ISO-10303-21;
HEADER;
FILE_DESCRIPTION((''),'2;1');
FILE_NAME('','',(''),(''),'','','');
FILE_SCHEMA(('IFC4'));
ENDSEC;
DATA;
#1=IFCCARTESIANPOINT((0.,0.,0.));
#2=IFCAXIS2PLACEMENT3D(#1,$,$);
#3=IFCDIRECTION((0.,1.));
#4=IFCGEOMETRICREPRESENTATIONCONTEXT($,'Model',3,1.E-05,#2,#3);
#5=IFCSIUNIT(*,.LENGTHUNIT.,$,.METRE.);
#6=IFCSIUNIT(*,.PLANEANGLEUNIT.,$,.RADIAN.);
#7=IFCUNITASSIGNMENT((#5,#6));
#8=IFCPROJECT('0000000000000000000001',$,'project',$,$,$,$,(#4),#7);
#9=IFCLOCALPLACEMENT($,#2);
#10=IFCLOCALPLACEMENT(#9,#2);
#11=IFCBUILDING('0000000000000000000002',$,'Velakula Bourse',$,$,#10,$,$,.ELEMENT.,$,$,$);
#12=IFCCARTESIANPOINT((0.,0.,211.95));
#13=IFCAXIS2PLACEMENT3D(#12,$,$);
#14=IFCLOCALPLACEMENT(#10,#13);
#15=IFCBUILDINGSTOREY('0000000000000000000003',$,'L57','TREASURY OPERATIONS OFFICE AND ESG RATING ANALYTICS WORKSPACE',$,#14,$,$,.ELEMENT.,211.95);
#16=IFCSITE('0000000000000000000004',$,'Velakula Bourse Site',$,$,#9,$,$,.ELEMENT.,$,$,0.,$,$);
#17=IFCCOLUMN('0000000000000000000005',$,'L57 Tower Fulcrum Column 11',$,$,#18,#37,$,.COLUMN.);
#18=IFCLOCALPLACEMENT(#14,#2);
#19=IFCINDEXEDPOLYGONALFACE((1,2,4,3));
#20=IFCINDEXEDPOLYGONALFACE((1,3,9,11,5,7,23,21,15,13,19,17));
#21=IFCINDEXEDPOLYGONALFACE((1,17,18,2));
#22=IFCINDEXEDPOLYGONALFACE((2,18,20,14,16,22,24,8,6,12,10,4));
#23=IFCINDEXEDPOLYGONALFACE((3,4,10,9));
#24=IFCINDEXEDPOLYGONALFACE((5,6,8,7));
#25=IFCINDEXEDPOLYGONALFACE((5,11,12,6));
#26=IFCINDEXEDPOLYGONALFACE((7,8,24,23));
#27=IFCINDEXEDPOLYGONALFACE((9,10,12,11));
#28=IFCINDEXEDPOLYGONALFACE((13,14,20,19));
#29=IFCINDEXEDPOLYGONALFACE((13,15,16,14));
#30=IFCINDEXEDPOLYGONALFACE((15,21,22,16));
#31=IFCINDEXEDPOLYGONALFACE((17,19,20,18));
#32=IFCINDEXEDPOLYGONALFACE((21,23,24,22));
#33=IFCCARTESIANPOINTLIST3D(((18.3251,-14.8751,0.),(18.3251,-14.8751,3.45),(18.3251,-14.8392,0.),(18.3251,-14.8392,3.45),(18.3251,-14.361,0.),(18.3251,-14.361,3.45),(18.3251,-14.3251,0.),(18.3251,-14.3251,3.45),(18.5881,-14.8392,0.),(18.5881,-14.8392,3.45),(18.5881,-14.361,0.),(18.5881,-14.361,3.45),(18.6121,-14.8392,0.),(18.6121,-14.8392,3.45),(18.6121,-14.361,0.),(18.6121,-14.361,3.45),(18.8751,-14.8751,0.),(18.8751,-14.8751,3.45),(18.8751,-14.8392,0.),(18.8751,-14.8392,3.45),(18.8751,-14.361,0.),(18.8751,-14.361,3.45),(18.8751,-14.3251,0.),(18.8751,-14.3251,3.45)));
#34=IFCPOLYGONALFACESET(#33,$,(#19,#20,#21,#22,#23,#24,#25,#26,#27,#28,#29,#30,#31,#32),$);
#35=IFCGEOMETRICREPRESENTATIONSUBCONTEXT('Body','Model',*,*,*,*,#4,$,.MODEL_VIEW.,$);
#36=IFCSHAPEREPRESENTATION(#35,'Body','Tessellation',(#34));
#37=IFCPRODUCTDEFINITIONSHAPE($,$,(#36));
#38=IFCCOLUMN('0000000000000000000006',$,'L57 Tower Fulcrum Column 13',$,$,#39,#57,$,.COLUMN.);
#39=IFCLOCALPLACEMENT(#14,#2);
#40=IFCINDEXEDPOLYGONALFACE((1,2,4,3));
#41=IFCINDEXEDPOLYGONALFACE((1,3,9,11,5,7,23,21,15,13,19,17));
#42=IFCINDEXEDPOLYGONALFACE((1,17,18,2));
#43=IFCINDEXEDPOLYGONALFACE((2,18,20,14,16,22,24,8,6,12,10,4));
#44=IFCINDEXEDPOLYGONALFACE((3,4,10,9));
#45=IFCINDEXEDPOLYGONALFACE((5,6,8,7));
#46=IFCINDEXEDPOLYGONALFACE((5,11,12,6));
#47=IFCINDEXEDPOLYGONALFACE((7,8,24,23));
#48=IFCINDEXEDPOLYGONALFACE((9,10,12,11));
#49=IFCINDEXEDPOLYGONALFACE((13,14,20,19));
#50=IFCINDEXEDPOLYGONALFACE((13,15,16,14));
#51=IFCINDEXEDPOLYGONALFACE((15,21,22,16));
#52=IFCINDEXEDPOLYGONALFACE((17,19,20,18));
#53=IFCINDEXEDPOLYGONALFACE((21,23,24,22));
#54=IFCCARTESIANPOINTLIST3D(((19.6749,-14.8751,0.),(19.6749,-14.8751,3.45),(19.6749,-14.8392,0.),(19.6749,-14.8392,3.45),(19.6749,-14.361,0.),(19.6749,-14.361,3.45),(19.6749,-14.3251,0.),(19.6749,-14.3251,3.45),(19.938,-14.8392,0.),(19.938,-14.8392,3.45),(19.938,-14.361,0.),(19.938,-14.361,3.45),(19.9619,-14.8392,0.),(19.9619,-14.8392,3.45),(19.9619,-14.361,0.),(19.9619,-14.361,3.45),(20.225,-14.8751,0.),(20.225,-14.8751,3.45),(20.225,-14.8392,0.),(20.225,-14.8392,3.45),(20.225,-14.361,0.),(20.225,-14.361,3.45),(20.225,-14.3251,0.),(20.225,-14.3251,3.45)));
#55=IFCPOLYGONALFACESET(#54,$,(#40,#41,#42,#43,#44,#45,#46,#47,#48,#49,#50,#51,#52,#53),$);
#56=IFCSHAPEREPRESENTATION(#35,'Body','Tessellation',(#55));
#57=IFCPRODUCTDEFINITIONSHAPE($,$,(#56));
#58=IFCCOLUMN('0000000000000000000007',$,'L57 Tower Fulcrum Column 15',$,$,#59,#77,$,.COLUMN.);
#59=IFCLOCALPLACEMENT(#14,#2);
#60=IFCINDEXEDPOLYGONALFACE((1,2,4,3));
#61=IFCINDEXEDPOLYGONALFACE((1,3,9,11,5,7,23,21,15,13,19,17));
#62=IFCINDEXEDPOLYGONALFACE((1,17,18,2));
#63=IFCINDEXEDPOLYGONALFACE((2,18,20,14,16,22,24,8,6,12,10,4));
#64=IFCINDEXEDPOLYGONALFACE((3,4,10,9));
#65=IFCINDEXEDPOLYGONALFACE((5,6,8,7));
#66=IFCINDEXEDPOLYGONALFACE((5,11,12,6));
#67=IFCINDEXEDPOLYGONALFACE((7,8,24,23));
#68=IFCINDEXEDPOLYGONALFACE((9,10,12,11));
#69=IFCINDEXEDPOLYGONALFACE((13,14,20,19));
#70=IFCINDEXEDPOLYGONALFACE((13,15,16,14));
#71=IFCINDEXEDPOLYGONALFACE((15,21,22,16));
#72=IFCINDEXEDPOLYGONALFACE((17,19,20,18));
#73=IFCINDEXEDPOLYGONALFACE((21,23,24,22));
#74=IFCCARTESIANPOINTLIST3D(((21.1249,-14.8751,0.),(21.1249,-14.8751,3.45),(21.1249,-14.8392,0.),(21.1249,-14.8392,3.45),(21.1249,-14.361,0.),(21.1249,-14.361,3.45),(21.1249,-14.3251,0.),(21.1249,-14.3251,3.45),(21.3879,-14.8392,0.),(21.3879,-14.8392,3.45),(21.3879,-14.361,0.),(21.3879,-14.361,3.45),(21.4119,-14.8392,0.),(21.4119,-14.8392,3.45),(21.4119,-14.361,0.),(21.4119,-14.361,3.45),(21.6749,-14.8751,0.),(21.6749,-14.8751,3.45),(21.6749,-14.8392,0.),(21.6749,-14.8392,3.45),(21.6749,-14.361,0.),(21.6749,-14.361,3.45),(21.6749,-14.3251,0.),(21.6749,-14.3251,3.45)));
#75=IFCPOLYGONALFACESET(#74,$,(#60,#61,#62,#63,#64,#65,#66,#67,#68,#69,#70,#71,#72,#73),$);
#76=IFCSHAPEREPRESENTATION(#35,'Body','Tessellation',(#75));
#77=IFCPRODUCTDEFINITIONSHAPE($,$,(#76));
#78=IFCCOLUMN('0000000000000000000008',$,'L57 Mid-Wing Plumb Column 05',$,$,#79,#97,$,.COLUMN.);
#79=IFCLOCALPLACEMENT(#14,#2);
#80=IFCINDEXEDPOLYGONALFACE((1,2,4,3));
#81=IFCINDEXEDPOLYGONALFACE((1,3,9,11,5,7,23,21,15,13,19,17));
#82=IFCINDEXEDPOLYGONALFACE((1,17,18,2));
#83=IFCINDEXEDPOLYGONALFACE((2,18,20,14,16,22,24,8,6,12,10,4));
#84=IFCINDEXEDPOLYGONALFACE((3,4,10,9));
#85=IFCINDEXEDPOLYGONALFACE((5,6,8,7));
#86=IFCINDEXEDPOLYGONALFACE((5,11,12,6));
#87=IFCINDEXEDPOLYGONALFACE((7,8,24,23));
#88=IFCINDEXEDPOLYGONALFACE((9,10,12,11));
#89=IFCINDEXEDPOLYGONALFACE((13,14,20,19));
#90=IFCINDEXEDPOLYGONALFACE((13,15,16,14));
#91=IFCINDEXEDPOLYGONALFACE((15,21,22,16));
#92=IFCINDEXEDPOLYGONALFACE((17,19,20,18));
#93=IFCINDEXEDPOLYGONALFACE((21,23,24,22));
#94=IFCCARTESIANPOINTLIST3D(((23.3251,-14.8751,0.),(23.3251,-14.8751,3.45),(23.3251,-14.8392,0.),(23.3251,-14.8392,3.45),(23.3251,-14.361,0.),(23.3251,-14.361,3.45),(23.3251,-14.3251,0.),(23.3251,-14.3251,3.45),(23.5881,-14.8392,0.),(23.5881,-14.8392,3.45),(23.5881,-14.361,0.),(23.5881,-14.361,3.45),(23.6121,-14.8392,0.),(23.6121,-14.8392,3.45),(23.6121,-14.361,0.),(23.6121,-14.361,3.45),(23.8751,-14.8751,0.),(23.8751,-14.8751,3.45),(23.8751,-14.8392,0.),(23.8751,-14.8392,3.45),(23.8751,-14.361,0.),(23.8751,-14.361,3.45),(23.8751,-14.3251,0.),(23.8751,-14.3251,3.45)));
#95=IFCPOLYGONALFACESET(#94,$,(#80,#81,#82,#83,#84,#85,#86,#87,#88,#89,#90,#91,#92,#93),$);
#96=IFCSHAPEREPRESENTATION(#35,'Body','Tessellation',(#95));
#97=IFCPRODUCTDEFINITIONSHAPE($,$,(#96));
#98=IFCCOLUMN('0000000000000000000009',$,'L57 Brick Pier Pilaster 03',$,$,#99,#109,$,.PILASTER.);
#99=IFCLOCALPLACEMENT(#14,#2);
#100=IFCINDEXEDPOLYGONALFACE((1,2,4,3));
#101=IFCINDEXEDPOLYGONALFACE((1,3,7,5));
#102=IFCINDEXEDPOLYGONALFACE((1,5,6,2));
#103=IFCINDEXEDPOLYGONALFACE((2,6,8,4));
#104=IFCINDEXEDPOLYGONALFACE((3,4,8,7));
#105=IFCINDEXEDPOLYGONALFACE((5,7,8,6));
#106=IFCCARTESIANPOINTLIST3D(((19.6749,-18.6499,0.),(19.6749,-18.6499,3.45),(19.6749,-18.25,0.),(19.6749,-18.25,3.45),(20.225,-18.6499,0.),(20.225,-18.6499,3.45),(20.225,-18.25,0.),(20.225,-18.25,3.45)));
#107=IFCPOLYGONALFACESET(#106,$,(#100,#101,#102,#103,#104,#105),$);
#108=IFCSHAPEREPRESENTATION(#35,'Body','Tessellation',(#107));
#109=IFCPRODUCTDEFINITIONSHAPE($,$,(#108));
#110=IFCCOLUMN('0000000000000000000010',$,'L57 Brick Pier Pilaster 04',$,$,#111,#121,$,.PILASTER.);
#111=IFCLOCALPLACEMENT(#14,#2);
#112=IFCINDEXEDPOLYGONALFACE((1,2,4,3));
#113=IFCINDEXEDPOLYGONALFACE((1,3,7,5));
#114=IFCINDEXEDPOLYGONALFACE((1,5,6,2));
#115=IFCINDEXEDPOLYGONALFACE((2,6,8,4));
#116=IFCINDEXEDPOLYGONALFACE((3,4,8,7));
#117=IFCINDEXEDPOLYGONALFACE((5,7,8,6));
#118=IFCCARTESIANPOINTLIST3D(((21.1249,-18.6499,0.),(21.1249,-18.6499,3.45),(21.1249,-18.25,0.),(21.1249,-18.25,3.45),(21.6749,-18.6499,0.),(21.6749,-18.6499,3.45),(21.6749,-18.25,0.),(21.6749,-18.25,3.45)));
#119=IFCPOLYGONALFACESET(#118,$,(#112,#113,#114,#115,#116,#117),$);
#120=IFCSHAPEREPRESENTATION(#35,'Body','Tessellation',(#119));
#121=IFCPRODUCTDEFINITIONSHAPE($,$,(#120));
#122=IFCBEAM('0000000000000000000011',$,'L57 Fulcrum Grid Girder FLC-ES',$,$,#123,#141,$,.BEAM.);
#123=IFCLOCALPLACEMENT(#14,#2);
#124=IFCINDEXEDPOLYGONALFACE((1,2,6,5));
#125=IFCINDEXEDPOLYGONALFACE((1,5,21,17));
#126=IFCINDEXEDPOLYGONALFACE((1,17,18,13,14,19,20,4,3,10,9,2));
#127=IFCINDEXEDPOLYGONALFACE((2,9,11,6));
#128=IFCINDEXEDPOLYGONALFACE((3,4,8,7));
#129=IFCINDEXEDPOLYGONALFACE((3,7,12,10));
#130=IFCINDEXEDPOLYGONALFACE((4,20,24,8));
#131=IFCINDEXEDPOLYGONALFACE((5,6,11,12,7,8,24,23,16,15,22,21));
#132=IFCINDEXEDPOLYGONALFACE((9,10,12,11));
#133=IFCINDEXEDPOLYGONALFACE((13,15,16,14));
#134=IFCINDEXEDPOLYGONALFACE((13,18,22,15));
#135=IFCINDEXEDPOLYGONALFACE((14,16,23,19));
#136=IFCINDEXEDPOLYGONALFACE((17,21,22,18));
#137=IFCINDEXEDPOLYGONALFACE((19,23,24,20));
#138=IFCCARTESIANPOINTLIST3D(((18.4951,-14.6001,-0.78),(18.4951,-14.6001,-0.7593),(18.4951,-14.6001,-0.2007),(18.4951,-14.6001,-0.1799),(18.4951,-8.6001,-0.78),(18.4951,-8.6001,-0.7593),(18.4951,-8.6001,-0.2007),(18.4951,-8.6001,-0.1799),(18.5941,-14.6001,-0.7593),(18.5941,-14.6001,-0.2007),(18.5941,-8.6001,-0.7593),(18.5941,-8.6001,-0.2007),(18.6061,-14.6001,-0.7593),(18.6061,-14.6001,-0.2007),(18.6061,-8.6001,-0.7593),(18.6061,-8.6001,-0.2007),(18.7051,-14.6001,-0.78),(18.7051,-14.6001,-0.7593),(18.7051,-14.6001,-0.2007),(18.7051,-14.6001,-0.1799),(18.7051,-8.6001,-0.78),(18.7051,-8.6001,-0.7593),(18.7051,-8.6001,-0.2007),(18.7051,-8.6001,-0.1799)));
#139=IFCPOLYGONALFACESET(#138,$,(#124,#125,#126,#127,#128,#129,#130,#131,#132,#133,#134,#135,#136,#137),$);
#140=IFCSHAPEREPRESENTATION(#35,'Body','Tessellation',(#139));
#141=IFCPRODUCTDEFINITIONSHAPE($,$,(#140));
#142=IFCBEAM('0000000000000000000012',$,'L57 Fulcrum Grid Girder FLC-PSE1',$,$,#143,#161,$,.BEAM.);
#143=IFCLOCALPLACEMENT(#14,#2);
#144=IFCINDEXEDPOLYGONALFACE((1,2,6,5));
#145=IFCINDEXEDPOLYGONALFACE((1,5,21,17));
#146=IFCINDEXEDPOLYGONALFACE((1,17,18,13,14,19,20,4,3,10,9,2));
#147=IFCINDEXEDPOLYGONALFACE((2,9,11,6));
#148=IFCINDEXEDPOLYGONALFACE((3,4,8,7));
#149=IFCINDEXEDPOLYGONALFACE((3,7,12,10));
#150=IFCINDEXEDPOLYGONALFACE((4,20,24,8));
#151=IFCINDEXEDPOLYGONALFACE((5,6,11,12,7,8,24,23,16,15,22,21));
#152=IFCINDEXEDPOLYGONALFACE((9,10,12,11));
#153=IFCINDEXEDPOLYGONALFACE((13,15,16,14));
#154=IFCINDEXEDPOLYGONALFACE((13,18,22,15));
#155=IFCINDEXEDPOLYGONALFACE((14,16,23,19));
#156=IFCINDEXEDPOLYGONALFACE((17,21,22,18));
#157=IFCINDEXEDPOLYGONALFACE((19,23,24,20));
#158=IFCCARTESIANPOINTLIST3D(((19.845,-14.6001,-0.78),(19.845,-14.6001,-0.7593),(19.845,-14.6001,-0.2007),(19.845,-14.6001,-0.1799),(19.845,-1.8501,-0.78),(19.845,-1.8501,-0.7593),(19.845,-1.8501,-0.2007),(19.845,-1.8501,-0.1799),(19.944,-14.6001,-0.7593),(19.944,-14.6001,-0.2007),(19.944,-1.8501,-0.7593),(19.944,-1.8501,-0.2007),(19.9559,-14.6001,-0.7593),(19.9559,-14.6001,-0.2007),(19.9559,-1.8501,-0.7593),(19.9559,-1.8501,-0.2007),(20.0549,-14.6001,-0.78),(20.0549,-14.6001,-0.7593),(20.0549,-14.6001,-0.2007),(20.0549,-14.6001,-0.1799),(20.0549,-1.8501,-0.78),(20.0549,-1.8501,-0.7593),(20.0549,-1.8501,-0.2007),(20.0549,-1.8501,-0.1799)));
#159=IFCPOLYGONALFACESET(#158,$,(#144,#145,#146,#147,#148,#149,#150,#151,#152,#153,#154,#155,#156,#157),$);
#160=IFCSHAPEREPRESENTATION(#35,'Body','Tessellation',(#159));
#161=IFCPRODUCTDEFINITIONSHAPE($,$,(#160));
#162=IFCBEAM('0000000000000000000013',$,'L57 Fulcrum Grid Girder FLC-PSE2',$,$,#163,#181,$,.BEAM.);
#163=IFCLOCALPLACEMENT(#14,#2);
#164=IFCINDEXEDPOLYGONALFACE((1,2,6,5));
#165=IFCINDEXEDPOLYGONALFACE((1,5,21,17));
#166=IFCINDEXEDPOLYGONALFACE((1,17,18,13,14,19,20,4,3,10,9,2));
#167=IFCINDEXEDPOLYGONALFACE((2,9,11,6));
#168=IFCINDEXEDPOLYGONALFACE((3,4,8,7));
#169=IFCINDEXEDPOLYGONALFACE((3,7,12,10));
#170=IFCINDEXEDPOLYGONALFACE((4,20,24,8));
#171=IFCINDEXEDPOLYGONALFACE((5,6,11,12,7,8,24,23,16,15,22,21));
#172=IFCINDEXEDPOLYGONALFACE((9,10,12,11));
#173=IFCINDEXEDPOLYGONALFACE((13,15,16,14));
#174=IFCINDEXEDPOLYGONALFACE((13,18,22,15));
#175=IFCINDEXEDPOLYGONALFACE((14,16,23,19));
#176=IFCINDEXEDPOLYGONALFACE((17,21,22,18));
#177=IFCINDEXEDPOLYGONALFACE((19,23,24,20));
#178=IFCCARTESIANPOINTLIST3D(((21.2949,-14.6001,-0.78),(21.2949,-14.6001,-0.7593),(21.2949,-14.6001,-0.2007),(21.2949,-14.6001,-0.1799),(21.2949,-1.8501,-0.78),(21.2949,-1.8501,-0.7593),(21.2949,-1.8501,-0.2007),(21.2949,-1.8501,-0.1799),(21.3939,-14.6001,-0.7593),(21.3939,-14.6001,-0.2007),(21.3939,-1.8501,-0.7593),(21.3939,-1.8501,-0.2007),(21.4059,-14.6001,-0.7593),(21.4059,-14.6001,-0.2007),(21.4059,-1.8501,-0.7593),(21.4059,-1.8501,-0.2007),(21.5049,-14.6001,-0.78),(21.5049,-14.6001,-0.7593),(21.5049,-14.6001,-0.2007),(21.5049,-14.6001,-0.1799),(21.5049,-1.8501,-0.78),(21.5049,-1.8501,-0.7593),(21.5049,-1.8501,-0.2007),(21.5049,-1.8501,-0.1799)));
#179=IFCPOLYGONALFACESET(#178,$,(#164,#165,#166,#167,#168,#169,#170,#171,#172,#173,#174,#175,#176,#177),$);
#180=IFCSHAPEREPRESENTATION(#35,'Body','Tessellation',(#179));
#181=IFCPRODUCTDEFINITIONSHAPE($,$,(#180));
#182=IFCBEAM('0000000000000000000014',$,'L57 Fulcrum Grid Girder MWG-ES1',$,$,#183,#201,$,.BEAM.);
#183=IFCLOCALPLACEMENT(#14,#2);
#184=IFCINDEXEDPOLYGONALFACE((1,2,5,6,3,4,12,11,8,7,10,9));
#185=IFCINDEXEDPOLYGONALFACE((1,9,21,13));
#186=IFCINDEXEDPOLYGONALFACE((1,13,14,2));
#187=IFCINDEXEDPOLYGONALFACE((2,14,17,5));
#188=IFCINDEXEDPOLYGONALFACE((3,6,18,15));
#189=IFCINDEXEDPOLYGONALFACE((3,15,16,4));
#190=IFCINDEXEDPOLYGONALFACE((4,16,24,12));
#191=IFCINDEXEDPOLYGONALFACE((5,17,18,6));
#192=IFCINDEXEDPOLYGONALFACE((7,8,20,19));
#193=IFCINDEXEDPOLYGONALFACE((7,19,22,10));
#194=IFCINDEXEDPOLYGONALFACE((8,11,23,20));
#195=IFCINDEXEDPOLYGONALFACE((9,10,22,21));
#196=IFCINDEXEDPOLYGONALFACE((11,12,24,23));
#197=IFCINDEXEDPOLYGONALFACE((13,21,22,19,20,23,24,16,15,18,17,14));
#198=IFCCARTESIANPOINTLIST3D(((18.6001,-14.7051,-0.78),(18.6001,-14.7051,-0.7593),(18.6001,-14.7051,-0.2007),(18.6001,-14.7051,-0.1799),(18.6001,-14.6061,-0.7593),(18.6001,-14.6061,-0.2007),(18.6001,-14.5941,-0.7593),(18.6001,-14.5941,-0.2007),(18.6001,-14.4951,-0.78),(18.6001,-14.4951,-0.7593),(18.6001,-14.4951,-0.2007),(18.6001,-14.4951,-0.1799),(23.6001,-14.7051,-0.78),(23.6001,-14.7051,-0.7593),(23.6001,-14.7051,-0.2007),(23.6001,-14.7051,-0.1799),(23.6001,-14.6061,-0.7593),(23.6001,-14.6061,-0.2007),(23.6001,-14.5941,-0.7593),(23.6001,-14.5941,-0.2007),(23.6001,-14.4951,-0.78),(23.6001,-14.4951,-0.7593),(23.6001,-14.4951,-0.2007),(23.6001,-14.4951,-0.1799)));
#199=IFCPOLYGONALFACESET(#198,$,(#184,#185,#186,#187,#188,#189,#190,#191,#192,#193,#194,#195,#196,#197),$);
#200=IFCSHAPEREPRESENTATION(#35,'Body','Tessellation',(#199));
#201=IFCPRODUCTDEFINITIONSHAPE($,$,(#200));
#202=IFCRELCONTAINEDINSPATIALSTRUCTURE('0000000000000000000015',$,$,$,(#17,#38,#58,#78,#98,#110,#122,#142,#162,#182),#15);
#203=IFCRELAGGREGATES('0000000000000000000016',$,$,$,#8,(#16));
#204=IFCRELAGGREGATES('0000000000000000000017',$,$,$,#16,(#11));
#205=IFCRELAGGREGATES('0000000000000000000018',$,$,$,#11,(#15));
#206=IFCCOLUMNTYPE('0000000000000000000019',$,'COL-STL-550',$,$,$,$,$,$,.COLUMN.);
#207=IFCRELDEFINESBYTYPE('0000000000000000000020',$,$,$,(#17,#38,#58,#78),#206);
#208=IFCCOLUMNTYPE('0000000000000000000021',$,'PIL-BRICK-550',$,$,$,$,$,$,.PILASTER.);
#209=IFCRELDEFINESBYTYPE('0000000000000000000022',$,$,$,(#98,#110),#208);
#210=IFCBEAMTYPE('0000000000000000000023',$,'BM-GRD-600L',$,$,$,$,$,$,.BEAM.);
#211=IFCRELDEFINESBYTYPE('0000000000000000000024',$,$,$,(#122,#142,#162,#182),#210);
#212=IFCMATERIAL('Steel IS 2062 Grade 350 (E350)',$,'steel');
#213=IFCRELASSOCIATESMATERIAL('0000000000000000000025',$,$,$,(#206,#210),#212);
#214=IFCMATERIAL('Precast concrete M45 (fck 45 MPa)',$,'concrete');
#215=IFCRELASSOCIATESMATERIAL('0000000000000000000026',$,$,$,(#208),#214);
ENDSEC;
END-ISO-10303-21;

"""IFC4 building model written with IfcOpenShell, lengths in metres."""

from ifc_helpers import new_model, si_unit, direction, frame, origin, origin_2d, place, context, subcontext, project, spatial, rectangle, i_section, extrude, material, material_profile, profile_set, type_object, element, save


model = new_model("IFC4")

# Units and contexts
model_context = context("Model", 3, precision=1e-05, world=origin(), true_north=direction((0.0, 1.0)))
body_context = subcontext(model_context, "Body", "Model", "MODEL_VIEW")
ifc_project = project(units=[si_unit("LENGTHUNIT", "METRE"), si_unit("PLANEANGLEUNIT", "RADIAN")], contexts=[model_context])

# Site, building, storey
site_placement = place(None, origin())
site = spatial("IfcSite", under=ifc_project, at=site_placement, Name="Velakula Bourse Site", CompositionType="ELEMENT", RefElevation=0.0)
building_placement = place(site_placement, origin())
building = spatial("IfcBuilding", under=site, at=building_placement, Name="Velakula Bourse", CompositionType="ELEMENT")
storey_placement = place(building_placement, frame((0.0, 0.0, 211.95)))
storey = spatial("IfcBuildingStorey", under=building, at=storey_placement, Name="L57", Description="TREASURY OPERATIONS OFFICE AND ESG RATING ANALYTICS WORKSPACE", CompositionType="ELEMENT", Elevation=211.95)

# Columns
ifc_material_1 = material(Name="Steel IS 2062 Grade 350 (E350)", Category="steel")
ifc_material_profile_1 = material_profile(ifc_material_1, i_section(OverallWidth=0.55, OverallDepth=0.55, WebThickness=0.0239, FlangeThickness=0.0359, at=origin_2d()), Name="Steel IS 2062 Grade 350 (E350)")
ifc_profile_set_1 = profile_set([ifc_material_profile_1], Name="Steel IS 2062 Grade 350 (E350)")
column_type_1 = type_object("IfcColumnType", Name="COL-STL-550", PredefinedType="COLUMN", material=ifc_profile_set_1)
for number, where, z_axis, x_axis, name in (
    (1, (18.6001, -14.6001, 0.0), (0.0, 0.0, 1.0), (1.0, 0.0, 0.0), "L57 Tower Fulcrum Column 11"),
    (2, (19.95, -14.6001, 0.0), (0.0, 0.0, 1.0), (1.0, 0.0, 0.0), "L57 Tower Fulcrum Column 13"),
    (3, (21.3999, -14.6001, 0.0), (0.0, 0.0, 1.0), (1.0, 0.0, 0.0), "L57 Tower Fulcrum Column 15"),
    (4, (23.6001, -14.6001, 0.0), (0.0, 0.0, 1.0), (1.0, 0.0, 0.0), "L57 Mid-Wing Plumb Column 05"),
):
    element("IfcColumn", number, at=place(storey_placement, frame(where, z_axis=z_axis, x_axis=x_axis)), inside=storey, type_object=column_type_1, Name=name, PredefinedType="COLUMN", context=body_context, shape_type="SweptSolid", body=[
        extrude(i_section(OverallWidth=0.55, OverallDepth=0.55, WebThickness=0.0239, FlangeThickness=0.0359, at=origin_2d()), origin(), (0.0, 0.0, 1.0), 3.45),
    ])
ifc_material_2 = material(Name="Precast concrete M45 (fck 45 MPa)", Category="concrete")
ifc_material_profile_2 = material_profile(ifc_material_2, rectangle(XDim=0.55, YDim=0.3999, at=origin_2d()), Name="Precast concrete M45 (fck 45 MPa)")
ifc_profile_set_2 = profile_set([ifc_material_profile_2], Name="Precast concrete M45 (fck 45 MPa)")
column_type_2 = type_object("IfcColumnType", Name="PIL-BRICK-550", PredefinedType="PILASTER", material=ifc_profile_set_2)
for number, where, z_axis, x_axis, name in (
    (5, (19.95, -18.45, 0.0), (0.0, 0.0, 1.0), (1.0, 0.0, 0.0), "L57 Brick Pier Pilaster 03"),
    (6, (21.3999, -18.45, 0.0), (0.0, 0.0, 1.0), (1.0, 0.0, 0.0), "L57 Brick Pier Pilaster 04"),
):
    element("IfcColumn", number, at=place(storey_placement, frame(where, z_axis=z_axis, x_axis=x_axis)), inside=storey, type_object=column_type_2, Name=name, PredefinedType="PILASTER", context=body_context, shape_type="SweptSolid", body=[
        extrude(rectangle(XDim=0.55, YDim=0.3999, at=origin_2d()), origin(), (0.0, 0.0, 1.0), 3.45),
    ])

# Beams
ifc_material_profile_3 = material_profile(ifc_material_1, i_section(OverallWidth=0.21, OverallDepth=0.6001, WebThickness=0.012, FlangeThickness=0.0208, at=origin_2d()), Name="Steel IS 2062 Grade 350 (E350)")
ifc_profile_set_3 = profile_set([ifc_material_profile_3], Name="Steel IS 2062 Grade 350 (E350)")
beam_type_1 = type_object("IfcBeamType", Name="BM-GRD-600L", PredefinedType="BEAM", material=ifc_profile_set_3)
beam_1_placement = place(storey_placement, frame((18.6001, -14.6001, -0.48), z_axis=(0.0, 1.0, 0.0), x_axis=(-1.0, 0.0, 0.0)))
element("IfcBeam", 7, at=beam_1_placement, inside=storey, type_object=beam_type_1, Name="L57 Fulcrum Grid Girder FLC-ES", PredefinedType="BEAM", context=body_context, shape_type="SweptSolid", body=[
    extrude(i_section(OverallWidth=0.21, OverallDepth=0.6001, WebThickness=0.012, FlangeThickness=0.0208, at=origin_2d()), origin(), (0.0, 0.0, 1.0), 6.0),
])
for number, where, z_axis, x_axis, name in (
    (8, (19.95, -14.6001, -0.48), (0.0, 1.0, 0.0), (-1.0, 0.0, 0.0), "L57 Fulcrum Grid Girder FLC-PSE1"),
    (9, (21.3999, -14.6001, -0.48), (0.0, 1.0, 0.0), (-1.0, 0.0, 0.0), "L57 Fulcrum Grid Girder FLC-PSE2"),
):
    element("IfcBeam", number, at=place(storey_placement, frame(where, z_axis=z_axis, x_axis=x_axis)), inside=storey, type_object=beam_type_1, Name=name, PredefinedType="BEAM", context=body_context, shape_type="SweptSolid", body=[
        extrude(i_section(OverallWidth=0.21, OverallDepth=0.6001, WebThickness=0.012, FlangeThickness=0.0208, at=origin_2d()), origin(), (0.0, 0.0, 1.0), 12.75),
    ])
beam_2_placement = place(storey_placement, frame((18.6001, -14.6001, -0.48), z_axis=(1.0, 0.0, 0.0), x_axis=(0.0, 1.0, 0.0)))
element("IfcBeam", 10, at=beam_2_placement, inside=storey, type_object=beam_type_1, Name="L57 Fulcrum Grid Girder MWG-ES1", PredefinedType="BEAM", context=body_context, shape_type="SweptSolid", body=[
    extrude(i_section(OverallWidth=0.21, OverallDepth=0.6001, WebThickness=0.012, FlangeThickness=0.0208, at=origin_2d()), origin(), (0.0, 0.0, 1.0), 5.0),
])

save(model, "model.ifc")
